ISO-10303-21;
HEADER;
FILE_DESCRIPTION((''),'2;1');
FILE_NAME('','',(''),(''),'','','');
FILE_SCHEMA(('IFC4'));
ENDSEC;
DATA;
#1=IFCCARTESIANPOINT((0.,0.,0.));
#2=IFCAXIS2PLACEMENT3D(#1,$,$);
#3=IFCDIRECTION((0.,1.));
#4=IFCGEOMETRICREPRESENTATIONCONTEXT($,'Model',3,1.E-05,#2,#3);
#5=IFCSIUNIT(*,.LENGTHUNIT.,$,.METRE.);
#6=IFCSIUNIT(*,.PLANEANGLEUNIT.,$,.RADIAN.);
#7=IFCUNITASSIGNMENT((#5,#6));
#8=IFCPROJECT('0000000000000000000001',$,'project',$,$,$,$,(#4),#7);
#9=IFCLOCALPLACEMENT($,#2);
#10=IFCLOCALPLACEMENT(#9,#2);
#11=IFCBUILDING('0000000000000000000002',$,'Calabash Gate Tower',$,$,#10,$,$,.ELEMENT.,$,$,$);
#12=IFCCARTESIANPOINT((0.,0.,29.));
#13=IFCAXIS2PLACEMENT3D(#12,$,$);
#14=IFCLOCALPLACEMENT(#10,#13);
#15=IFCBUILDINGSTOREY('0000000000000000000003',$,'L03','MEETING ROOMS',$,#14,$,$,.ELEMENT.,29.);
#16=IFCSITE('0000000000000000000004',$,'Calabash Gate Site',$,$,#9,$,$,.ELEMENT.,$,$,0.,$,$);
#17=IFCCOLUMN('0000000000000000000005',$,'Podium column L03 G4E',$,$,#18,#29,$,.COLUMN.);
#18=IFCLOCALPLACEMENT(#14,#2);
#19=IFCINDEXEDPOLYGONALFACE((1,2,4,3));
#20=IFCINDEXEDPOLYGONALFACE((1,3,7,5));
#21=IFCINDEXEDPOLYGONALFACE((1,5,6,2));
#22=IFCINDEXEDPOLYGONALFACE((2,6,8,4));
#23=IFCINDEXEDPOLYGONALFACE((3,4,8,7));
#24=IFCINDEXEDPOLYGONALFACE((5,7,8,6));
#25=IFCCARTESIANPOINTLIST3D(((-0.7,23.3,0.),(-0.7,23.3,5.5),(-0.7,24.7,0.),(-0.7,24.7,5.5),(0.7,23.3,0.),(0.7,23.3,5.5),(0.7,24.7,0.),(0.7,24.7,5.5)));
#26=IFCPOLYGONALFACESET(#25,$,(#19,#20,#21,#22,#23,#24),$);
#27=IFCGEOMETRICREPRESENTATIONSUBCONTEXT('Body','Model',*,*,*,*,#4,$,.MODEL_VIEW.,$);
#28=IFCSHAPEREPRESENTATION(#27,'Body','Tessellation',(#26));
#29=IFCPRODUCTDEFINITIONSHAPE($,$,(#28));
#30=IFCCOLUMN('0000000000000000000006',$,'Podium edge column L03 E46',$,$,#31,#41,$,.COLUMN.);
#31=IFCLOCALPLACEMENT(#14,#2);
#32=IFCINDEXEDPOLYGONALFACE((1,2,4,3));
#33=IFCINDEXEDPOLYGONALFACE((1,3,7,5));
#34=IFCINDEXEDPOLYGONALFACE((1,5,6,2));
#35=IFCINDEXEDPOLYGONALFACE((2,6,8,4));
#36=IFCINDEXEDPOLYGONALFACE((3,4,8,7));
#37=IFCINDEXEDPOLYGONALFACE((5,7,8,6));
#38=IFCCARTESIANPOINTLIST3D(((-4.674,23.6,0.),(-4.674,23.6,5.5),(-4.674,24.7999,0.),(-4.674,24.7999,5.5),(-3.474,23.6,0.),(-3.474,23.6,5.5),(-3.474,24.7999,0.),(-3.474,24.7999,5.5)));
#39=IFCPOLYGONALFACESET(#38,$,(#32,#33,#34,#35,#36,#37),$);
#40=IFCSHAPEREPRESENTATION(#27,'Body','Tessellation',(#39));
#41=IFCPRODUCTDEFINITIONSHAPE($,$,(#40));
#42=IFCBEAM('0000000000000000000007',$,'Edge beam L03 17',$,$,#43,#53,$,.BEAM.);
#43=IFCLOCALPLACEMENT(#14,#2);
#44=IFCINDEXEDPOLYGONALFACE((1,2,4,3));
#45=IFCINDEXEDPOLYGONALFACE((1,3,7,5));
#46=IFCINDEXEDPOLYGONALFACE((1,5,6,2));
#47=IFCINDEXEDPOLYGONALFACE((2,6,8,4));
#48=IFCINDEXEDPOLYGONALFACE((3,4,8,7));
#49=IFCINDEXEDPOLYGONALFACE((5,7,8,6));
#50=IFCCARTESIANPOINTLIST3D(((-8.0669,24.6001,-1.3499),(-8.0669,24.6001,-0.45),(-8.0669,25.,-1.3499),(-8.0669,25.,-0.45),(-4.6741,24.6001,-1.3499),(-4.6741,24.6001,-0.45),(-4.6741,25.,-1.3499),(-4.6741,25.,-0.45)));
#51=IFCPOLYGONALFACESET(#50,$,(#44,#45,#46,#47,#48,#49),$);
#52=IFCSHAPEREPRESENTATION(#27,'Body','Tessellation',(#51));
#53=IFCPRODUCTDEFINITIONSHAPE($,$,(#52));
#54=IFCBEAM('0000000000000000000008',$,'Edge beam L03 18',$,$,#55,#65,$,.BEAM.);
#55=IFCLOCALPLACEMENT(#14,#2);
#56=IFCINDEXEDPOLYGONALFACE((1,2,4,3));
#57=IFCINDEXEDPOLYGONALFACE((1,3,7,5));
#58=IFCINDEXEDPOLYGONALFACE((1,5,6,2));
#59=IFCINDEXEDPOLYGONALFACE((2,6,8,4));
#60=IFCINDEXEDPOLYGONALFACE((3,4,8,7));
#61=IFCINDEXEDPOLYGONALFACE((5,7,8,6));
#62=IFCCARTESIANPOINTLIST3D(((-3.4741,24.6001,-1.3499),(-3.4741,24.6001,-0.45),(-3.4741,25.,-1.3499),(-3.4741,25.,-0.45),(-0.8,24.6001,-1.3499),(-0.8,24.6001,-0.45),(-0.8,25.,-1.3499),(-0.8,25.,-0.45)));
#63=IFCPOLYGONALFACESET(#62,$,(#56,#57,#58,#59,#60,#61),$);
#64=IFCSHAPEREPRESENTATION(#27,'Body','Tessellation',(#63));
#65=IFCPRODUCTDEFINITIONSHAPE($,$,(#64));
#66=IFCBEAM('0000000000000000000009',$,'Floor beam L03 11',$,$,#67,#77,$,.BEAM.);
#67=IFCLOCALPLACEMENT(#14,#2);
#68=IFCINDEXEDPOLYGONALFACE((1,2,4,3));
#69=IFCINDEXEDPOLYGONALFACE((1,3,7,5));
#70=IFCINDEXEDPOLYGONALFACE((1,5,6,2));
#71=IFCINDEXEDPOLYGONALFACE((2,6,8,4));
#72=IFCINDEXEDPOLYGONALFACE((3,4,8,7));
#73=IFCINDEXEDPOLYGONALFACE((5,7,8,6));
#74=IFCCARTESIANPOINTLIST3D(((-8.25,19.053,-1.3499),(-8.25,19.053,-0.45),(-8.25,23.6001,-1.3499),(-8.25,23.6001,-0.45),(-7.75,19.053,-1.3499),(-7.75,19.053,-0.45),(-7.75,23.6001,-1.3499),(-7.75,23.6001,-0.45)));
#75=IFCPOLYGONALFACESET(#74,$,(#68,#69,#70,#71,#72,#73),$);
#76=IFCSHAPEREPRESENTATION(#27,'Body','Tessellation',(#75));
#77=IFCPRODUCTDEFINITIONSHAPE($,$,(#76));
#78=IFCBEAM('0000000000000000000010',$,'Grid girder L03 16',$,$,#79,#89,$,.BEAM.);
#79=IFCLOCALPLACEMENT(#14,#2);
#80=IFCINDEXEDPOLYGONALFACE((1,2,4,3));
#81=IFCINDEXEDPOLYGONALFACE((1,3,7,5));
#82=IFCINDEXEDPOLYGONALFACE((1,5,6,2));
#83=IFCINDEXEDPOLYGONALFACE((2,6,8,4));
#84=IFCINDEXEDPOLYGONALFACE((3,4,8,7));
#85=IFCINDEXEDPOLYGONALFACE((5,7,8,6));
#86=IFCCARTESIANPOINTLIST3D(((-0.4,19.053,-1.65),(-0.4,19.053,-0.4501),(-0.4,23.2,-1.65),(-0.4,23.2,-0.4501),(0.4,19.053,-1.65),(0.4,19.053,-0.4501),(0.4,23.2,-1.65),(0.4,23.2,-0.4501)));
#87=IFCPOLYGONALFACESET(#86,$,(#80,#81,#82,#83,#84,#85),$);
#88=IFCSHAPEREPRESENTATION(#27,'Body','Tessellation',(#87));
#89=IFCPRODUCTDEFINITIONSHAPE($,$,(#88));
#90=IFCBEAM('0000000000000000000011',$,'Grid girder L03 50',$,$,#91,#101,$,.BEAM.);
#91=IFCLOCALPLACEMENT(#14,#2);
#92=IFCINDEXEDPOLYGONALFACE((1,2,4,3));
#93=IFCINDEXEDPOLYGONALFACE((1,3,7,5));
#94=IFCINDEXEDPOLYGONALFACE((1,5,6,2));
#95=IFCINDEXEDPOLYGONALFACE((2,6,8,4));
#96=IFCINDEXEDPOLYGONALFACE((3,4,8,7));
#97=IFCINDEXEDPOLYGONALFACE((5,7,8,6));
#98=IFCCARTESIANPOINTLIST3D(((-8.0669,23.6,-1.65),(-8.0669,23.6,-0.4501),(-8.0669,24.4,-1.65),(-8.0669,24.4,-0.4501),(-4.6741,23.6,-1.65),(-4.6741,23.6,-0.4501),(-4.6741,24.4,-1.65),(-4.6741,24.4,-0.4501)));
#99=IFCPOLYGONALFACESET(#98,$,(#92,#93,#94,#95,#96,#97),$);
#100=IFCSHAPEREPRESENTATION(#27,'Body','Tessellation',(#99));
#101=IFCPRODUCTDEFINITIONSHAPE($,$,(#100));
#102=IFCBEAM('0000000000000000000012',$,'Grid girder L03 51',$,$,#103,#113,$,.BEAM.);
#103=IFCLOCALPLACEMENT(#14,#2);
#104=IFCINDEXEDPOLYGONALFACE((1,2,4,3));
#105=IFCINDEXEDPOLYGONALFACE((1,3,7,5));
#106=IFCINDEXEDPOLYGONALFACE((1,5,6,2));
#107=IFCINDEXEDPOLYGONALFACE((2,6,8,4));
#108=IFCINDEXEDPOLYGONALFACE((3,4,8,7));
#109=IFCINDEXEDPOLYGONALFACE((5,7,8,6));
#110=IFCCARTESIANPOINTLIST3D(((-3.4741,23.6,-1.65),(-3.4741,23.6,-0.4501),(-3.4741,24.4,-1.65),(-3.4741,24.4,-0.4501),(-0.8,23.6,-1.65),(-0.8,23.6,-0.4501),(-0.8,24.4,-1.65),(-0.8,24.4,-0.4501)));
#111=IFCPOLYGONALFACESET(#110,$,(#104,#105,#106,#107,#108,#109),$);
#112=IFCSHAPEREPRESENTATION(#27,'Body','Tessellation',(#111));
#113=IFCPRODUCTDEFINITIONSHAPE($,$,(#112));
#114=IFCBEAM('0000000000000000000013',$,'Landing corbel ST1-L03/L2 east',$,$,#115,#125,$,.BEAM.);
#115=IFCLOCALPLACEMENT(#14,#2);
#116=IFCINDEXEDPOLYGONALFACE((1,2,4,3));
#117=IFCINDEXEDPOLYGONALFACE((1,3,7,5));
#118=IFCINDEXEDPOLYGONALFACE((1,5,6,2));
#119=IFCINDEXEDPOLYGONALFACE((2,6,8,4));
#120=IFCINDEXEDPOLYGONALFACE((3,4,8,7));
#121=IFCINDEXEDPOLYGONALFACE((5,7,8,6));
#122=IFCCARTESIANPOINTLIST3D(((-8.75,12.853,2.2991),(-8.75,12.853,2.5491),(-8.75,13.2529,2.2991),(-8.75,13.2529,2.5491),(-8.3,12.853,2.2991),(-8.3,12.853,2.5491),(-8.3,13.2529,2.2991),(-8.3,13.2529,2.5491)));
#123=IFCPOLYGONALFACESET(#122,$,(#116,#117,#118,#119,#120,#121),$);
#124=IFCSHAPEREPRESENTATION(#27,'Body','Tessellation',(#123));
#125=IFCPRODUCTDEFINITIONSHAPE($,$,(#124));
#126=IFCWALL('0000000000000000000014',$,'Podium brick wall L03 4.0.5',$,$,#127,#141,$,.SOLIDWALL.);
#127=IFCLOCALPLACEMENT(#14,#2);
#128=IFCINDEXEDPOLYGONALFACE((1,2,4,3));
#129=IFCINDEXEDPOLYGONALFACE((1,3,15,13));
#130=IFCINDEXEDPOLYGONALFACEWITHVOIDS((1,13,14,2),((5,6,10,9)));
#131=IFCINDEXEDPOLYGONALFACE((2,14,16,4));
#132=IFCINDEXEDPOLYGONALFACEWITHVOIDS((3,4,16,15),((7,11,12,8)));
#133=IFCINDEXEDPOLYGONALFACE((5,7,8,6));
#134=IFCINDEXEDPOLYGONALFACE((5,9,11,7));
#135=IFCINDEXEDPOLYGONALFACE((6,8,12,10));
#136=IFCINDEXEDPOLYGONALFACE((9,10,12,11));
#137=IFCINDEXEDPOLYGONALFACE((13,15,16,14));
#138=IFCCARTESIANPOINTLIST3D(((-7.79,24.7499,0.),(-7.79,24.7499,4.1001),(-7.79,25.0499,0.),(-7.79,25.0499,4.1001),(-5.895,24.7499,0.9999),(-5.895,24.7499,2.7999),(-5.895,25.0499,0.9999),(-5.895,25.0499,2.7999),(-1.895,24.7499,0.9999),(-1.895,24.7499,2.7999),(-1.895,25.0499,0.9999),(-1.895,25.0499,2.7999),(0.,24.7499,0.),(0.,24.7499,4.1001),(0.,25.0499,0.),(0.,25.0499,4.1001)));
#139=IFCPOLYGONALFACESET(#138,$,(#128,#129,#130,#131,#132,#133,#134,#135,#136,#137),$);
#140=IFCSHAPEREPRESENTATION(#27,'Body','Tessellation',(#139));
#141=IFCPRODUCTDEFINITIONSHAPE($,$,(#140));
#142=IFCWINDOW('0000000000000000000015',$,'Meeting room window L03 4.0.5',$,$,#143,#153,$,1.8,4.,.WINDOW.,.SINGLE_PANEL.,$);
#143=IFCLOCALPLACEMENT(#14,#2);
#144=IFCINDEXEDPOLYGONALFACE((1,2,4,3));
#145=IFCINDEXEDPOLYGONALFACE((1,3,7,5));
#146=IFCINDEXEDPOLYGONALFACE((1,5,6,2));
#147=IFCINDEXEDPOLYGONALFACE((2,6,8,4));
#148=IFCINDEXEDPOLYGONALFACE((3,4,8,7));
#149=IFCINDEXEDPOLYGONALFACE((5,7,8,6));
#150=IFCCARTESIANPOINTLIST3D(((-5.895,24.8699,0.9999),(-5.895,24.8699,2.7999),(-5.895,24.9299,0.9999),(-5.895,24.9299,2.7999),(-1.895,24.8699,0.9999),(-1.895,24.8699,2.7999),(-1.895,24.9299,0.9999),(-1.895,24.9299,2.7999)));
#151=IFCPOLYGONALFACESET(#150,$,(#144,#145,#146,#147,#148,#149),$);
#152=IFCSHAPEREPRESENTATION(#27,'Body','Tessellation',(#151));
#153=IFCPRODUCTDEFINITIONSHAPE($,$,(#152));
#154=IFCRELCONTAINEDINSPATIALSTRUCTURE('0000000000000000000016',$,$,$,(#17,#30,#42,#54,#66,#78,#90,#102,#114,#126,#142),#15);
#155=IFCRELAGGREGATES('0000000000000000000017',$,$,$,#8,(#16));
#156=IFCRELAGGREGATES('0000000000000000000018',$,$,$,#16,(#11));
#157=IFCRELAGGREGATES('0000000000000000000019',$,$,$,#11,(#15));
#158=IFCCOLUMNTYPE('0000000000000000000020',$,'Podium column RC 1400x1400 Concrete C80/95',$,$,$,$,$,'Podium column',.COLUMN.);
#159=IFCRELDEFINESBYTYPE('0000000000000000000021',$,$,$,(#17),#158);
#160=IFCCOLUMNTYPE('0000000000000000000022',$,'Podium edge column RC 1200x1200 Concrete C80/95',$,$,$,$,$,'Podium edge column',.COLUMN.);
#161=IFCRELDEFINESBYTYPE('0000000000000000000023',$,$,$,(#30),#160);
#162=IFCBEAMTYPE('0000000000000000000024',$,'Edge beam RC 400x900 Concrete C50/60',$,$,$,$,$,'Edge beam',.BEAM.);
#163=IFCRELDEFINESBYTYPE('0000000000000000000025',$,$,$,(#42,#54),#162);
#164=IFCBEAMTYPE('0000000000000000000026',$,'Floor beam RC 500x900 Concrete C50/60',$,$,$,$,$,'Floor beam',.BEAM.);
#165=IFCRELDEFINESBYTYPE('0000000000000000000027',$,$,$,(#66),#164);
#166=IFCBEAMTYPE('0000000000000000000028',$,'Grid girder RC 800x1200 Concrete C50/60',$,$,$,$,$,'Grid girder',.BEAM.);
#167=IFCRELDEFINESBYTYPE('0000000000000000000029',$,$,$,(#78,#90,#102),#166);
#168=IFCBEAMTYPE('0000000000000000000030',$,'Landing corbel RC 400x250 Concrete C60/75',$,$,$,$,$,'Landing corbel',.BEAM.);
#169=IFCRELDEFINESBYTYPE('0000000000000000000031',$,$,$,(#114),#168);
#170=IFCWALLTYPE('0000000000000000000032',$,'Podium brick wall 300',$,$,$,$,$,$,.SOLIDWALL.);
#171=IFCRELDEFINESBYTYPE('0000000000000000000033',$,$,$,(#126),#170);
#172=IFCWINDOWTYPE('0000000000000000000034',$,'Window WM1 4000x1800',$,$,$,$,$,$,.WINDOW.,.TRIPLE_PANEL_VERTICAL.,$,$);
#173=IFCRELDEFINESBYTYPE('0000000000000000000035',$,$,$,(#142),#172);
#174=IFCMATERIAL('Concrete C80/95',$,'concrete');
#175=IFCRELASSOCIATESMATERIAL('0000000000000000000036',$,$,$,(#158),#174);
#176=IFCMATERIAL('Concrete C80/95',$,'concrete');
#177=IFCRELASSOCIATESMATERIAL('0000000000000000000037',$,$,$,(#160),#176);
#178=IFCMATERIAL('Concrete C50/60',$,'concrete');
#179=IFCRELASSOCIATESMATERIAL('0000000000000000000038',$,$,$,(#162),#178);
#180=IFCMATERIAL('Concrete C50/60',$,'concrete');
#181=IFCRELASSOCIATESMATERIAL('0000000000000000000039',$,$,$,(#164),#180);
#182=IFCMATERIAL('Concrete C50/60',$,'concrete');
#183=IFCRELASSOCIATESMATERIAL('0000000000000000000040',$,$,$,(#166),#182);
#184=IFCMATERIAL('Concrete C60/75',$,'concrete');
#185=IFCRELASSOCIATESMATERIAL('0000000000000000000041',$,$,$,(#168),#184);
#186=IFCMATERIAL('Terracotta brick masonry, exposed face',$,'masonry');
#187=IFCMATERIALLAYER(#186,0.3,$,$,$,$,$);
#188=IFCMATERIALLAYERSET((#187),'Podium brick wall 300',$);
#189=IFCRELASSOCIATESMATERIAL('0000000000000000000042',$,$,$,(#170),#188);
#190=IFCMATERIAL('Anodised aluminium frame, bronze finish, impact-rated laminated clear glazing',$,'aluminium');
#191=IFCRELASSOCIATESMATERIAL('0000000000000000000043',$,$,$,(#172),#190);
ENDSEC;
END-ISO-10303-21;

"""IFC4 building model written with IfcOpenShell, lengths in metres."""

from ifc_helpers import new_model, si_unit, direction, frame, frame_2d, origin, origin_2d, place, context, subcontext, project, spatial, rectangle, extrude, material, layer, layer_set, material_profile, profile_set, type_object, element, fill, save


model = new_model("IFC4")

# Units and contexts
model_context = context("Model", 3, precision=1e-05, world=origin(), true_north=direction((0.0, 1.0)))
body_context = subcontext(model_context, "Body", "Model", "MODEL_VIEW")
ifc_project = project(units=[si_unit("LENGTHUNIT", "METRE"), si_unit("PLANEANGLEUNIT", "RADIAN")], contexts=[model_context])

# Site, building, storey
site_placement = place(None, origin())
site = spatial("IfcSite", under=ifc_project, at=site_placement, Name="Calabash Gate Site", CompositionType="ELEMENT", RefElevation=0.0)
building_placement = place(site_placement, origin())
building = spatial("IfcBuilding", under=site, at=building_placement, Name="Calabash Gate Tower", CompositionType="ELEMENT")
storey_placement = place(building_placement, frame((0.0, 0.0, 29.0)))
storey = spatial("IfcBuildingStorey", under=building, at=storey_placement, Name="L03", Description="MEETING ROOMS", CompositionType="ELEMENT", Elevation=29.0)

# Columns
ifc_material_1 = material(Name="Concrete C80/95", Category="concrete")
ifc_material_profile_1 = material_profile(ifc_material_1, rectangle(XDim=1.3999, YDim=1.3999, at=origin_2d()))
ifc_profile_set_1 = profile_set([ifc_material_profile_1], Name="Concrete C80/95")
column_type_1 = type_object("IfcColumnType", Name="Podium column RC 1400x1400 Concrete C80/95", ElementType="Podium column", PredefinedType="COLUMN", material=ifc_profile_set_1)
column_1_placement = place(storey_placement, frame((0.0, 24.0, 0.0), z_axis=(0.0, 0.0, 1.0), x_axis=(1.0, 0.0, 0.0)))
element("IfcColumn", 1, at=column_1_placement, inside=storey, type_object=column_type_1, Name="Podium column L03 G4E", PredefinedType="COLUMN", context=body_context, shape_type="SweptSolid", body=[
    extrude(rectangle(XDim=1.3999, YDim=1.3999, at=origin_2d()), origin(), (0.0, 0.0, 1.0), 5.5),
])
ifc_material_2 = material(Name="Concrete C80/95", Category="concrete")
ifc_material_profile_2 = material_profile(ifc_material_2, rectangle(XDim=1.2, YDim=1.2, at=origin_2d()))
ifc_profile_set_2 = profile_set([ifc_material_profile_2], Name="Concrete C80/95")
column_type_2 = type_object("IfcColumnType", Name="Podium edge column RC 1200x1200 Concrete C80/95", ElementType="Podium edge column", PredefinedType="COLUMN", material=ifc_profile_set_2)
column_2_placement = place(storey_placement, frame((-4.074, 24.2, 0.0), z_axis=(0.0, 0.0, 1.0), x_axis=(1.0, 0.0, 0.0)))
element("IfcColumn", 2, at=column_2_placement, inside=storey, type_object=column_type_2, Name="Podium edge column L03 E46", PredefinedType="COLUMN", context=body_context, shape_type="SweptSolid", body=[
    extrude(rectangle(XDim=1.2, YDim=1.2, at=origin_2d()), origin(), (0.0, 0.0, 1.0), 5.5),
])

# Beams
ifc_material_3 = material(Name="Concrete C50/60", Category="concrete")
ifc_material_profile_3 = material_profile(ifc_material_3, rectangle(XDim=0.3999, YDim=0.8999, at=origin_2d()))
ifc_profile_set_3 = profile_set([ifc_material_profile_3], Name="Concrete C50/60")
beam_type_1 = type_object("IfcBeamType", Name="Edge beam RC 400x900 Concrete C50/60", ElementType="Edge beam", PredefinedType="BEAM", material=ifc_profile_set_3)
beam_1_placement = place(storey_placement, frame((-8.0669, 24.8, -0.8999), z_axis=(1.0, 0.0, 0.0), x_axis=(0.0, 1.0, 0.0)))
element("IfcBeam", 3, at=beam_1_placement, inside=storey, type_object=beam_type_1, Name="Edge beam L03 17", PredefinedType="BEAM", context=body_context, shape_type="SweptSolid", body=[
    extrude(rectangle(XDim=0.3999, YDim=0.8999, at=origin_2d()), origin(), (0.0, 0.0, 1.0), 3.3928),
])
beam_2_placement = place(storey_placement, frame((-3.4741, 24.8, -0.8999), z_axis=(1.0, 0.0, 0.0), x_axis=(0.0, 1.0, 0.0)))
element("IfcBeam", 4, at=beam_2_placement, inside=storey, type_object=beam_type_1, Name="Edge beam L03 18", PredefinedType="BEAM", context=body_context, shape_type="SweptSolid", body=[
    extrude(rectangle(XDim=0.3999, YDim=0.8999, at=origin_2d()), origin(), (0.0, 0.0, 1.0), 2.6741),
])
ifc_material_4 = material(Name="Concrete C50/60", Category="concrete")
ifc_material_profile_4 = material_profile(ifc_material_4, rectangle(XDim=0.5, YDim=0.8999, at=origin_2d()))
ifc_profile_set_4 = profile_set([ifc_material_profile_4], Name="Concrete C50/60")
beam_type_2 = type_object("IfcBeamType", Name="Floor beam RC 500x900 Concrete C50/60", ElementType="Floor beam", PredefinedType="BEAM", material=ifc_profile_set_4)
beam_3_placement = place(storey_placement, frame((-8.0, 19.053, -0.8999), z_axis=(0.0, 1.0, 0.0), x_axis=(-1.0, 0.0, 0.0)))
element("IfcBeam", 5, at=beam_3_placement, inside=storey, type_object=beam_type_2, Name="Floor beam L03 11", PredefinedType="BEAM", context=body_context, shape_type="SweptSolid", body=[
    extrude(rectangle(XDim=0.5, YDim=0.8999, at=origin_2d()), origin(), (0.0, 0.0, 1.0), 4.5471),
])
ifc_material_5 = material(Name="Concrete C50/60", Category="concrete")
ifc_material_profile_5 = material_profile(ifc_material_5, rectangle(XDim=0.8, YDim=1.2, at=origin_2d()))
ifc_profile_set_5 = profile_set([ifc_material_profile_5], Name="Concrete C50/60")
beam_type_3 = type_object("IfcBeamType", Name="Grid girder RC 800x1200 Concrete C50/60", ElementType="Grid girder", PredefinedType="BEAM", material=ifc_profile_set_5)
beam_4_placement = place(storey_placement, frame((0.0, 19.053, -1.05), z_axis=(0.0, 1.0, 0.0), x_axis=(-1.0, 0.0, 0.0)))
element("IfcBeam", 6, at=beam_4_placement, inside=storey, type_object=beam_type_3, Name="Grid girder L03 16", PredefinedType="BEAM", context=body_context, shape_type="SweptSolid", body=[
    extrude(rectangle(XDim=0.8, YDim=1.2, at=origin_2d()), origin(), (0.0, 0.0, 1.0), 4.147),
])
beam_5_placement = place(storey_placement, frame((-8.0669, 24.0, -1.05), z_axis=(1.0, 0.0, 0.0), x_axis=(0.0, 1.0, 0.0)))
element("IfcBeam", 7, at=beam_5_placement, inside=storey, type_object=beam_type_3, Name="Grid girder L03 50", PredefinedType="BEAM", context=body_context, shape_type="SweptSolid", body=[
    extrude(rectangle(XDim=0.8, YDim=1.2, at=origin_2d()), origin(), (0.0, 0.0, 1.0), 3.3928),
])
beam_6_placement = place(storey_placement, frame((-3.4741, 24.0, -1.05), z_axis=(1.0, 0.0, 0.0), x_axis=(0.0, 1.0, 0.0)))
element("IfcBeam", 8, at=beam_6_placement, inside=storey, type_object=beam_type_3, Name="Grid girder L03 51", PredefinedType="BEAM", context=body_context, shape_type="SweptSolid", body=[
    extrude(rectangle(XDim=0.8, YDim=1.2, at=origin_2d()), origin(), (0.0, 0.0, 1.0), 2.6741),
])
ifc_material_6 = material(Name="Concrete C60/75", Category="concrete")
ifc_material_profile_6 = material_profile(ifc_material_6, rectangle(XDim=0.3999, YDim=0.25, at=origin_2d()))
ifc_profile_set_6 = profile_set([ifc_material_profile_6], Name="Concrete C60/75")
beam_type_4 = type_object("IfcBeamType", Name="Landing corbel RC 400x250 Concrete C60/75", ElementType="Landing corbel", PredefinedType="BEAM", material=ifc_profile_set_6)
beam_7_placement = place(storey_placement, frame((-8.3, 13.053, 2.4241), z_axis=(-1.0, 0.0, 0.0), x_axis=(0.0, -1.0, 0.0)))
element("IfcBeam", 9, at=beam_7_placement, inside=storey, type_object=beam_type_4, Name="Landing corbel ST1-L03/L2 east", PredefinedType="BEAM", context=body_context, shape_type="SweptSolid", body=[
    extrude(rectangle(XDim=0.3999, YDim=0.25, at=origin_2d()), origin(), (0.0, 0.0, 1.0), 0.45),
])

# Wall, opening, window
ifc_material_7 = material(Name="Terracotta brick masonry, exposed face", Category="masonry")
ifc_layer_1 = layer(ifc_material_7, 0.3)
ifc_layer_set_1 = layer_set([ifc_layer_1], Name="Podium brick wall 300")
wall_type_1 = type_object("IfcWallType", Name="Podium brick wall 300", PredefinedType="SOLIDWALL", material=ifc_layer_set_1)
wall_1_placement = place(storey_placement, frame((0.0, 24.8999, 0.0), z_axis=(0.0, 0.0, 1.0), x_axis=(-1.0, 0.0, 0.0)))
wall_1 = element("IfcWall", 10, at=wall_1_placement, inside=storey, type_object=wall_type_1, Name="Podium brick wall L03 4.0.5", PredefinedType="SOLIDWALL", context=body_context, shape_type="SweptSolid", body=[
    extrude(rectangle(XDim=7.79, YDim=0.3, at=frame_2d((3.895, 0.0))), origin(), (0.0, 0.0, 1.0), 4.1001),
])
opening_1_placement = place(wall_1_placement, frame((1.895, 0.0, 1.0)))
opening_1 = element("IfcOpeningElement", 11, at=opening_1_placement, cuts=wall_1, PredefinedType="OPENING", context=body_context, shape_type="SweptSolid", body=[
    extrude(rectangle(XDim=4.0, YDim=1.8, at=frame_2d((2.0, 0.8999))), frame((0.0, 0.1599, 0.0), z_axis=(0.0, -1.0, 0.0), x_axis=(1.0, 0.0, 0.0)), (0.0, 0.0, 1.0), 0.3201),
])
ifc_material_8 = material(Name="Anodised aluminium frame, bronze finish, impact-rated laminated clear glazing", Category="aluminium")
window_type = type_object("IfcWindowType", Name="Window WM1 4000x1800", PartitioningType="TRIPLE_PANEL_VERTICAL", PredefinedType="WINDOW", material=ifc_material_8)
window_1_placement = place(opening_1_placement, origin())
window_1 = element("IfcWindow", 12, at=window_1_placement, inside=storey, type_object=window_type, Name="Meeting room window L03 4.0.5", OverallHeight=1.8, OverallWidth=4.0, PartitioningType="SINGLE_PANEL", PredefinedType="WINDOW", context=body_context, shape_type="SweptSolid", body=[
    extrude(rectangle(XDim=4.0, YDim=1.8, at=frame_2d((2.0, 0.8999))), frame((0.0, 0.03, 0.0), z_axis=(0.0, -1.0, 0.0), x_axis=(1.0, 0.0, 0.0)), (0.0, 0.0, 1.0), 0.0601),
])
fill(opening_1, window_1)

save(model, "model.ifc")
